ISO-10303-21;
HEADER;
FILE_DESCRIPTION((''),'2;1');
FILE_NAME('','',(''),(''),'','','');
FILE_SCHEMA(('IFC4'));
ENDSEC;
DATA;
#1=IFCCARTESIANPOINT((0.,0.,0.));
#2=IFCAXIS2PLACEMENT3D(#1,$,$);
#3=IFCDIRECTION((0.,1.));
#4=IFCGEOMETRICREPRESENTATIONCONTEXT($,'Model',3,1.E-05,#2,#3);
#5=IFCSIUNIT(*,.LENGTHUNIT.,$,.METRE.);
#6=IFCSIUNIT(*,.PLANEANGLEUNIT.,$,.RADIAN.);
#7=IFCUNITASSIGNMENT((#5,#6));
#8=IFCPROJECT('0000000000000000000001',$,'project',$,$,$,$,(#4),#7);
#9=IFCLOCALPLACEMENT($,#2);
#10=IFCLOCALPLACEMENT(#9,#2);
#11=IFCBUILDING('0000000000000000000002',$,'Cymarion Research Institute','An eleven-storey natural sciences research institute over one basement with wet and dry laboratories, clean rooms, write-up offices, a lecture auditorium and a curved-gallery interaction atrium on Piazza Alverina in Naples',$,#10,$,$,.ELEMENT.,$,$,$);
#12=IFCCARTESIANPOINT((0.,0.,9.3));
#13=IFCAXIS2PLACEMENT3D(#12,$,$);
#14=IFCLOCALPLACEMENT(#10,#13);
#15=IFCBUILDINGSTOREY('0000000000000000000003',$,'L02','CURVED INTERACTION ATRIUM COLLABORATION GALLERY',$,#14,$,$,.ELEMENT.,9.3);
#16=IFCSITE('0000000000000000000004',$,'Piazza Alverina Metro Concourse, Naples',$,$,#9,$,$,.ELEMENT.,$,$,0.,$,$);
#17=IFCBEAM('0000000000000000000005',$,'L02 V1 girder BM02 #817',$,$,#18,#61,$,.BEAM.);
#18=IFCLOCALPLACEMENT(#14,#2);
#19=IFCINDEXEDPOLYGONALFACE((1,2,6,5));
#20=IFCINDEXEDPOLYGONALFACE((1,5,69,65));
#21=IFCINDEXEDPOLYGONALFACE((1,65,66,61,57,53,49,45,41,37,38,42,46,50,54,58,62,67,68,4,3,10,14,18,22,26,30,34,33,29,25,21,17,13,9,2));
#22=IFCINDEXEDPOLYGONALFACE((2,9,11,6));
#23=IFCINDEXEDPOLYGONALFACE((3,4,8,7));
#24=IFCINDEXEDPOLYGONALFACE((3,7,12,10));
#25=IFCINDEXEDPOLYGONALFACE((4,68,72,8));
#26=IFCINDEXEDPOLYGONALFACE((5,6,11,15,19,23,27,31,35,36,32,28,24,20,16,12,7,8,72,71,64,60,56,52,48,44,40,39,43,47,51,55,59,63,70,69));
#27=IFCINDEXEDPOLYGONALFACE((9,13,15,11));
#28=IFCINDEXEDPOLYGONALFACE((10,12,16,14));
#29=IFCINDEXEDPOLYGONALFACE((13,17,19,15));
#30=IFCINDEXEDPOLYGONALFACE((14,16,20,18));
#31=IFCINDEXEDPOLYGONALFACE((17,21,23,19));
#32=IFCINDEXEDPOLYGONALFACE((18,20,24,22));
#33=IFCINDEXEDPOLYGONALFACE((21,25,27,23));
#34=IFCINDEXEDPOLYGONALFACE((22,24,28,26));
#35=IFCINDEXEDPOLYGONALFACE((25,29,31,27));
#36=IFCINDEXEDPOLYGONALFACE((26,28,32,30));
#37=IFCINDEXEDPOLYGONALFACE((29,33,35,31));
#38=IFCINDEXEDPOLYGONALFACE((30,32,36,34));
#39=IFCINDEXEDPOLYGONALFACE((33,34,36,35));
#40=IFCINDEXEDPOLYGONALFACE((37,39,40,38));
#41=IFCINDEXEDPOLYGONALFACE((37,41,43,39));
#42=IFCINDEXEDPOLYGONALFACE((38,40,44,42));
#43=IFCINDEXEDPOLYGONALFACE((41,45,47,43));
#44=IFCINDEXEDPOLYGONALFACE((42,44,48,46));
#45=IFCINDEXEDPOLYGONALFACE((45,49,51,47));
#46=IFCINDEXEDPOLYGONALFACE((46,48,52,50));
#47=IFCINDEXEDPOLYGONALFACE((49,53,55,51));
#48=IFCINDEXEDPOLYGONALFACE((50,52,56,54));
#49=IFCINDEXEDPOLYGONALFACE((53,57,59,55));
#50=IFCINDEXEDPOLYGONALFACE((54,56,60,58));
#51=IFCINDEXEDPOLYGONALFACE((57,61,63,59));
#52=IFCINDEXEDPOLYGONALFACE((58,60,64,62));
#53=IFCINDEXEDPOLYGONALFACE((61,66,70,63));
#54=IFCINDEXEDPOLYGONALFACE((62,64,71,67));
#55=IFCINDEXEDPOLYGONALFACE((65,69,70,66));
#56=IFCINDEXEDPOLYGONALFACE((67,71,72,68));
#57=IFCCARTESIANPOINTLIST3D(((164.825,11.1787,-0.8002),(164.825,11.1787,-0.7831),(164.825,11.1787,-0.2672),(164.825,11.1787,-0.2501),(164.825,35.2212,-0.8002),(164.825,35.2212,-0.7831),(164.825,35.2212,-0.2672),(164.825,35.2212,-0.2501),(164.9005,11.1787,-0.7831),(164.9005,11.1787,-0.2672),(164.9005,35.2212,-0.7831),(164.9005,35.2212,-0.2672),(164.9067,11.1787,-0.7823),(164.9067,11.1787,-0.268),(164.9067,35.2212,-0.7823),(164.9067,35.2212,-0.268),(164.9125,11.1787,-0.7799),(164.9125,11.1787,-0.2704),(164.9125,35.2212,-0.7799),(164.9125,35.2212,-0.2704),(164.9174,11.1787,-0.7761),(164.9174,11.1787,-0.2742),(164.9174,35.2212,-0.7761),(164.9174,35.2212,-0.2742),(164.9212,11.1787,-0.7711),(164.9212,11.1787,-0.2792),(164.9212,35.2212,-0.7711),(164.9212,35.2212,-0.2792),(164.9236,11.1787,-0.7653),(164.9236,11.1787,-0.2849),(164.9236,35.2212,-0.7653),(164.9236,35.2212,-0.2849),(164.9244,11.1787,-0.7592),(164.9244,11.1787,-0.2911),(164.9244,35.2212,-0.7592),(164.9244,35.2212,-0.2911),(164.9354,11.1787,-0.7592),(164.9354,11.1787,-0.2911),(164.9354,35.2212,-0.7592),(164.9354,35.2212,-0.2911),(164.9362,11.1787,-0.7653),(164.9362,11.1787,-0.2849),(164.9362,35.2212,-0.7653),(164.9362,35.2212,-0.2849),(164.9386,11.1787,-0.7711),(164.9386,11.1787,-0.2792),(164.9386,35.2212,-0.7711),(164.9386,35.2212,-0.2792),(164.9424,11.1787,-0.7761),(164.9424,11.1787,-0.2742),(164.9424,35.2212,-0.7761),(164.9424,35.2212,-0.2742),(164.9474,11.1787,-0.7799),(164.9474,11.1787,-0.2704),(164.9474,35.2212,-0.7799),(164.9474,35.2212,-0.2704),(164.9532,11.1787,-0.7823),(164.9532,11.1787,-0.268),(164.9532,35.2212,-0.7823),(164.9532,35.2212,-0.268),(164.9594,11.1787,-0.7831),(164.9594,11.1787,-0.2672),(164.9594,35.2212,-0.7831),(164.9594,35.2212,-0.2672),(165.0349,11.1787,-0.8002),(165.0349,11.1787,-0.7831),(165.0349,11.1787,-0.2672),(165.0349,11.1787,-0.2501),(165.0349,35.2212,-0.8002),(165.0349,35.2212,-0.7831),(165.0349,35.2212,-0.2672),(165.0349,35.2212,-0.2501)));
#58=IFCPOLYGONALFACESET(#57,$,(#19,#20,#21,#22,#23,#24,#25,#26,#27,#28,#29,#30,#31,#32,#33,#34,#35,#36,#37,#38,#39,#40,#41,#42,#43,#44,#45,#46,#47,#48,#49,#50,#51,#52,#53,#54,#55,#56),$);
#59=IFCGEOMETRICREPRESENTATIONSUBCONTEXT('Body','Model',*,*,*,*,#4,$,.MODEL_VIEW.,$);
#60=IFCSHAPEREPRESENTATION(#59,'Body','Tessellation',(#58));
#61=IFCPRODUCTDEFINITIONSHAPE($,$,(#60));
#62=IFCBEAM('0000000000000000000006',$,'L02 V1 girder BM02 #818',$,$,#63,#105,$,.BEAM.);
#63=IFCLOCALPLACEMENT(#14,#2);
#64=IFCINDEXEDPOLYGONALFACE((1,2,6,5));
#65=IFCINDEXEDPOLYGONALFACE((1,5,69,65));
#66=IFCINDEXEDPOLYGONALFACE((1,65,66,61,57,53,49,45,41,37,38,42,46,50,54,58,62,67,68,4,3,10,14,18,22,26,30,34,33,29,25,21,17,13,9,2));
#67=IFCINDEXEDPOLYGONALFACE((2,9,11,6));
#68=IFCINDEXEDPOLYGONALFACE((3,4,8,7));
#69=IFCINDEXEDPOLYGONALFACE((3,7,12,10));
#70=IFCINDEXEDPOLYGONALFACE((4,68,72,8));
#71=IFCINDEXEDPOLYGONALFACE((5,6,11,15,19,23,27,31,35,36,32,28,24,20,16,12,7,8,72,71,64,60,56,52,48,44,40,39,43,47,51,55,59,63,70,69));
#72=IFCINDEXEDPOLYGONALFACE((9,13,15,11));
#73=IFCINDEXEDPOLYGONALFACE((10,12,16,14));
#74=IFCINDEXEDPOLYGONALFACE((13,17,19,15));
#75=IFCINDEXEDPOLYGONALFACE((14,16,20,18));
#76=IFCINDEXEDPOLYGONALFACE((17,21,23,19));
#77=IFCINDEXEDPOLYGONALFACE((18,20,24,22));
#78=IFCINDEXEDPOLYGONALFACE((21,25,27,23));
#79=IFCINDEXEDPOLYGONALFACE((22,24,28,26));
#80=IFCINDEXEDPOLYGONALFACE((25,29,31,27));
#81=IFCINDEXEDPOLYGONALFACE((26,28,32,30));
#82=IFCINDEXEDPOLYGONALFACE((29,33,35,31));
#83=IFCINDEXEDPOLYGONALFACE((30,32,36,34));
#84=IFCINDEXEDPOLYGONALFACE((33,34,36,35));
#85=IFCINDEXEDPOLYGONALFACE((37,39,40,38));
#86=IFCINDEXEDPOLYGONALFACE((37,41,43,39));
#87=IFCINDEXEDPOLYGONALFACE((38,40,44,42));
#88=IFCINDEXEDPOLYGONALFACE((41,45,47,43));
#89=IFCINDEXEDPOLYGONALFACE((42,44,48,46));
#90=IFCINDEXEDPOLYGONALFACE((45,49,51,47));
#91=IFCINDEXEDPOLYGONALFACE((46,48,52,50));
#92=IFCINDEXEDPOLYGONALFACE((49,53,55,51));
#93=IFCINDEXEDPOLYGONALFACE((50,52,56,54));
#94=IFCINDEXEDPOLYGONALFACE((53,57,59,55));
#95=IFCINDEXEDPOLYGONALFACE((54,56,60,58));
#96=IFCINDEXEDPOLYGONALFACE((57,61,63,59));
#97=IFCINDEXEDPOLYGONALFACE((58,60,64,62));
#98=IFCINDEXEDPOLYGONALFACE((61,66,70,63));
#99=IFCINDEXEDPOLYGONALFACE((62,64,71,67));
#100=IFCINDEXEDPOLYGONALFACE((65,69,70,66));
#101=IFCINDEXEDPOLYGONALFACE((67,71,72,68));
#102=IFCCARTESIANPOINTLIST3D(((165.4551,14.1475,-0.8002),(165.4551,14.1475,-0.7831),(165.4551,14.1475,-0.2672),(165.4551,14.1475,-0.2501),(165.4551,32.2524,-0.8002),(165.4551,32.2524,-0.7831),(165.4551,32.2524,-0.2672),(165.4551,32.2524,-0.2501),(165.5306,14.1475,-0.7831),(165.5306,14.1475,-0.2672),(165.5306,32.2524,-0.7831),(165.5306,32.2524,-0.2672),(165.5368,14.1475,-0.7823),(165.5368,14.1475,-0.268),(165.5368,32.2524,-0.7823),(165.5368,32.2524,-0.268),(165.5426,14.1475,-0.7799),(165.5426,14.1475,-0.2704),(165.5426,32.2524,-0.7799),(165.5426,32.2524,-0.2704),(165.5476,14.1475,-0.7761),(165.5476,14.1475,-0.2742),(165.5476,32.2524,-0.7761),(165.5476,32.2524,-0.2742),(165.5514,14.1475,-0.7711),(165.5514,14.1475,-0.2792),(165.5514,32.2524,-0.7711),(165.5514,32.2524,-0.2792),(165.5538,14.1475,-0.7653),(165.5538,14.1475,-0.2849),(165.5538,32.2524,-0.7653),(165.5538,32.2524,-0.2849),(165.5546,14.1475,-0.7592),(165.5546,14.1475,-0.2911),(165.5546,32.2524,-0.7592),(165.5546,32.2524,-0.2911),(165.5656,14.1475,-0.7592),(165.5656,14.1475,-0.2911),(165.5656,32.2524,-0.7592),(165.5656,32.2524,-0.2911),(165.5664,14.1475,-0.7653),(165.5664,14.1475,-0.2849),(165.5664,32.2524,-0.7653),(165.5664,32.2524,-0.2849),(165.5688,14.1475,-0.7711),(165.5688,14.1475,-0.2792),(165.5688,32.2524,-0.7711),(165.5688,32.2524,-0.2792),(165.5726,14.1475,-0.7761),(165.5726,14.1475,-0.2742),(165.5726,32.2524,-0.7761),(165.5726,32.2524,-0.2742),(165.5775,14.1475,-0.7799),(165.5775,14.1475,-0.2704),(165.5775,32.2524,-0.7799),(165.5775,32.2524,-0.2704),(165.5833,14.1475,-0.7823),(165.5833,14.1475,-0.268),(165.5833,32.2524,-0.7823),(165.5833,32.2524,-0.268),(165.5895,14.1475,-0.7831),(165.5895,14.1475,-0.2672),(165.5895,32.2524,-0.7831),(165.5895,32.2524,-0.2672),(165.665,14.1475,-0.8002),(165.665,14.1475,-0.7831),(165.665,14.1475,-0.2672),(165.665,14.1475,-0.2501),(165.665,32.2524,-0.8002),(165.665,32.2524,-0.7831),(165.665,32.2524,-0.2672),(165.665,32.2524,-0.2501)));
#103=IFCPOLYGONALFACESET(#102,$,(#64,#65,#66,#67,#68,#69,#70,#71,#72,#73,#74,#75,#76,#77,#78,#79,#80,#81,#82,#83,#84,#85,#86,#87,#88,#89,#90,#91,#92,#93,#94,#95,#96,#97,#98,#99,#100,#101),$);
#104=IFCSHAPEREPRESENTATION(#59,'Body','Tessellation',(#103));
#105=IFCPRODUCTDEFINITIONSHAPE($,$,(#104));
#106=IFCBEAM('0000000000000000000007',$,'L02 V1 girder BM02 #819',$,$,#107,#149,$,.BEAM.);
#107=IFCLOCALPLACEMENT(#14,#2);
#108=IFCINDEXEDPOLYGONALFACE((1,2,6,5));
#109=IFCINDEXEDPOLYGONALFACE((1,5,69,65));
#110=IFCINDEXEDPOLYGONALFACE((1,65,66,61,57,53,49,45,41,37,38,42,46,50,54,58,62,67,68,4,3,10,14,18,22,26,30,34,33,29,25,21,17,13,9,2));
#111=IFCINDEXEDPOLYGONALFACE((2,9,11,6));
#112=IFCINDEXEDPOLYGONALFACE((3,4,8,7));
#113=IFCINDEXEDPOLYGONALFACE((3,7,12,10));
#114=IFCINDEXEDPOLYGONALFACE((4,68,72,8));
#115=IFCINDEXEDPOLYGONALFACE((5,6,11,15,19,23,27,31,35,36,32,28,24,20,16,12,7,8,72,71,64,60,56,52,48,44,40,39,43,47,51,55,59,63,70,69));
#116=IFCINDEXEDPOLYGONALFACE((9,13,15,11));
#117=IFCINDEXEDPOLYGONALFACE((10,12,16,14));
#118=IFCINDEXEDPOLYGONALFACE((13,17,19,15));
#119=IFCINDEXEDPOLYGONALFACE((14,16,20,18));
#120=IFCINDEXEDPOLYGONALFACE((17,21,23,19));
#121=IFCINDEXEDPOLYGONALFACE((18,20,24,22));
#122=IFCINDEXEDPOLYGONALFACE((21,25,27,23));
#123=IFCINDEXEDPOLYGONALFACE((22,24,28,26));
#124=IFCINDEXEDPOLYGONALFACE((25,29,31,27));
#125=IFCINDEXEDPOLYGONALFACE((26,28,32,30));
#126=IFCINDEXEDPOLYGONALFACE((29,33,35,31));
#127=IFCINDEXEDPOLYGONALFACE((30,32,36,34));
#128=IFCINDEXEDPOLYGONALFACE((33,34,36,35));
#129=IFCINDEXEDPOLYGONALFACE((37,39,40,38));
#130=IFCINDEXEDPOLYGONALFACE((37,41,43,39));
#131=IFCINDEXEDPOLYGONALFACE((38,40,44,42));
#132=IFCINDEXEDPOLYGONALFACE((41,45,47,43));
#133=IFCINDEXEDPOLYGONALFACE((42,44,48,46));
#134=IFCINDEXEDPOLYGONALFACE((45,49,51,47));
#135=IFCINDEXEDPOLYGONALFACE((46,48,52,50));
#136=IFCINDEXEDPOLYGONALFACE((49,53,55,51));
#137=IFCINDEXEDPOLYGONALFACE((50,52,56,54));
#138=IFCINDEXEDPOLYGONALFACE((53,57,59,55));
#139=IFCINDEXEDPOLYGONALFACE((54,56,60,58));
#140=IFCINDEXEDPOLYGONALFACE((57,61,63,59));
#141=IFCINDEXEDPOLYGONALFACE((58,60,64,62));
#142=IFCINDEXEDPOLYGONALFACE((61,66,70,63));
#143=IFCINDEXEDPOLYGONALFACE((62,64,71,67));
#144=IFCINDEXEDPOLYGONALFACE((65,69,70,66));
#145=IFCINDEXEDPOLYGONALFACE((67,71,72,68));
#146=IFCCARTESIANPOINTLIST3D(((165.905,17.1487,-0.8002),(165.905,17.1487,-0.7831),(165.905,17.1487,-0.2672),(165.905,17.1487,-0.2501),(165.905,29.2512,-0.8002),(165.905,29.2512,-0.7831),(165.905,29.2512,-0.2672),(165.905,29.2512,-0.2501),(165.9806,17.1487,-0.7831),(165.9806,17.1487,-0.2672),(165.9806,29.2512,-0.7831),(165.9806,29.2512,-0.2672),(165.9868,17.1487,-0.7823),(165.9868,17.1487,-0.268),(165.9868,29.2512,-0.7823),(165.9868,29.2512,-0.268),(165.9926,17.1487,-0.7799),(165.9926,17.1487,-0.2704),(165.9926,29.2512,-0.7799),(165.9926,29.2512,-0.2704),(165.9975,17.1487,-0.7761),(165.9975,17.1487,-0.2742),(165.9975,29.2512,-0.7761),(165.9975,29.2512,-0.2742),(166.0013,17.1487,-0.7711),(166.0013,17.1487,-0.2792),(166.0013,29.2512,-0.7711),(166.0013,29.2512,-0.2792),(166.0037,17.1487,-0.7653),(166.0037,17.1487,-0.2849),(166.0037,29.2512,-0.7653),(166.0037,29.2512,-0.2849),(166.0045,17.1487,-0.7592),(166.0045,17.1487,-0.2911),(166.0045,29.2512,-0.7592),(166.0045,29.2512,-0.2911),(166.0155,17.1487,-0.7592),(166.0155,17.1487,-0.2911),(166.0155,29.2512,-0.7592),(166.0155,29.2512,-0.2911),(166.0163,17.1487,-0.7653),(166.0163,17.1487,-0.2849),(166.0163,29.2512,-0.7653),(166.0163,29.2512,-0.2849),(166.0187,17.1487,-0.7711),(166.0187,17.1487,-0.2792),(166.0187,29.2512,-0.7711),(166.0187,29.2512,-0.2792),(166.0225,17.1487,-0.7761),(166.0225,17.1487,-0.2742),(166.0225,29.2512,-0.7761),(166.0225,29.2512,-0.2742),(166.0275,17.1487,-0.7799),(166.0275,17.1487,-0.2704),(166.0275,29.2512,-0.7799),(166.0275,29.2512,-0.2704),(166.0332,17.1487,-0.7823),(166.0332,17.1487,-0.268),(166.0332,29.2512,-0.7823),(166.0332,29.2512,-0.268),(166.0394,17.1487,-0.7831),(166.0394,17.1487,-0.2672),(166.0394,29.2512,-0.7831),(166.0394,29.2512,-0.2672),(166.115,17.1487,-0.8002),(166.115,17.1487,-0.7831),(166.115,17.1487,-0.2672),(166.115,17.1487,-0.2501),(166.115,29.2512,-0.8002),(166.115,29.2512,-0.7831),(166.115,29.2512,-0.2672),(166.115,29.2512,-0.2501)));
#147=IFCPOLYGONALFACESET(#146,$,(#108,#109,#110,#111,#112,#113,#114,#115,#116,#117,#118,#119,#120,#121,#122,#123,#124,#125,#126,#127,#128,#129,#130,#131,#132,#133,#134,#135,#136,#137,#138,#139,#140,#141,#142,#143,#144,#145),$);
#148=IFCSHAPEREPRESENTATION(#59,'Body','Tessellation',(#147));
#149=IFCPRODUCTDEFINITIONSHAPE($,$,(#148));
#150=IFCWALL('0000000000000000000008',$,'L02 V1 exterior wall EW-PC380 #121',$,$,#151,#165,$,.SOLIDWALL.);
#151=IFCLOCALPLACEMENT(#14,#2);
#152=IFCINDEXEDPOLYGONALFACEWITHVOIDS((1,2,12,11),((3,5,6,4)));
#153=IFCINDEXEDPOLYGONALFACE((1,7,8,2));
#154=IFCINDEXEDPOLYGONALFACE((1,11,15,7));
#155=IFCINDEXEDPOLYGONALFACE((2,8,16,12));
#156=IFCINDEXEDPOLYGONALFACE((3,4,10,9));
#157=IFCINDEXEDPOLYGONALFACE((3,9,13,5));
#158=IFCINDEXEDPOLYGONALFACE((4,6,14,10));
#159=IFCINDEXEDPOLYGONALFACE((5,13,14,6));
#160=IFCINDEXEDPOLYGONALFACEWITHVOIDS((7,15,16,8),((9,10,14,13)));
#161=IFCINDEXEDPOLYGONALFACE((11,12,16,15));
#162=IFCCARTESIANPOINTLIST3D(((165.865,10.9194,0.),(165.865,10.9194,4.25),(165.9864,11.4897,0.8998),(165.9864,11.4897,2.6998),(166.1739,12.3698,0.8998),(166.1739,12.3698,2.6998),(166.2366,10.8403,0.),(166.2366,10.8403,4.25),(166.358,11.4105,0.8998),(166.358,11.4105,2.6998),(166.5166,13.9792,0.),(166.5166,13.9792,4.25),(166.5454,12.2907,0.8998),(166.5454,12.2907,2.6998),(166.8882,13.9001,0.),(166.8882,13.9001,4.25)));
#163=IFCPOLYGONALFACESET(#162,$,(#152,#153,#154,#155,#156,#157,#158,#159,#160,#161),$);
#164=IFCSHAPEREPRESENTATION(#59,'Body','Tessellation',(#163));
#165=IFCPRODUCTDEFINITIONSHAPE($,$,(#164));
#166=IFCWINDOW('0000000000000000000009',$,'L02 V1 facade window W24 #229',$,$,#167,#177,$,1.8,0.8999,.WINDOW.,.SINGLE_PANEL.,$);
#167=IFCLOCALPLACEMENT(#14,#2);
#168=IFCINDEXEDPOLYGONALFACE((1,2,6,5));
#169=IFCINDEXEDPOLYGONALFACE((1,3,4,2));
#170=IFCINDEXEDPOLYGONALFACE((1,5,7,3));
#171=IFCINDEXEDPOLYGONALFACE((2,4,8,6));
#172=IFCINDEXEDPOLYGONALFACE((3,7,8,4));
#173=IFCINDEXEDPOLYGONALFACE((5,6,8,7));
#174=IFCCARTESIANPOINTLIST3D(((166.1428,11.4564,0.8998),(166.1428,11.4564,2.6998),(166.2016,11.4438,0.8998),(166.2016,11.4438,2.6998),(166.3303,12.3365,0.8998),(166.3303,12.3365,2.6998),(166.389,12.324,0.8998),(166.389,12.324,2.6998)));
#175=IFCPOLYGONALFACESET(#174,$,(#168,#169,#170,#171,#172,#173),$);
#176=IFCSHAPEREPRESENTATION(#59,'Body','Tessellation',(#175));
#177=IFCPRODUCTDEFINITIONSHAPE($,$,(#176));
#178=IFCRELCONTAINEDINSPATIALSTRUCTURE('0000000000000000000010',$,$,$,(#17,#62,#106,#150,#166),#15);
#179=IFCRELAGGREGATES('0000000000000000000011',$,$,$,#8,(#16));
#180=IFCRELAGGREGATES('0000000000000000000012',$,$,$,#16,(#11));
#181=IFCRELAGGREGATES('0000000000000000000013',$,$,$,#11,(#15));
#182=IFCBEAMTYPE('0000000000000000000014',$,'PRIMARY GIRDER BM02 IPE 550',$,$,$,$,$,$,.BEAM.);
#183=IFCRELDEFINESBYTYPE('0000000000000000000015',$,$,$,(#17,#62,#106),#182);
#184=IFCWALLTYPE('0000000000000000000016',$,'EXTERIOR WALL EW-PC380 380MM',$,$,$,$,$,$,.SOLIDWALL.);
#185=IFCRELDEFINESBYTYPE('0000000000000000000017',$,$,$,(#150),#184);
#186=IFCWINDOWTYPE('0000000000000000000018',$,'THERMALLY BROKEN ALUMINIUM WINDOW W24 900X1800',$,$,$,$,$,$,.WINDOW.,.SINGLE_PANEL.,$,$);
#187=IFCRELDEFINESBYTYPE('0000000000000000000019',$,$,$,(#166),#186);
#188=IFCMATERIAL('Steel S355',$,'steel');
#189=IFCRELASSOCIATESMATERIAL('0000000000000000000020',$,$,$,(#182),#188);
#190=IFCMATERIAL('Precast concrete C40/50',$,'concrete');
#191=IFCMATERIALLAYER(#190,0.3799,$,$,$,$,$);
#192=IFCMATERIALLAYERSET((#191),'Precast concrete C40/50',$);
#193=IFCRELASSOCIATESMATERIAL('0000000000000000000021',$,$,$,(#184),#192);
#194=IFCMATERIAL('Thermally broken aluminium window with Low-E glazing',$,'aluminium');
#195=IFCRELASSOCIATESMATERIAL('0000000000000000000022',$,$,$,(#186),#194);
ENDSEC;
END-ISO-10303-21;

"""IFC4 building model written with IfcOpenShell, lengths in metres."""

from ifc_helpers import new_model, si_unit, direction, frame, frame_2d, origin, origin_2d, place, context, subcontext, project, spatial, rectangle, i_section, extrude, material, layer, layer_set, material_profile, profile_set, type_object, element, fill, save


model = new_model("IFC4")

# Units and contexts
model_context = context("Model", 3, precision=1e-05, world=origin(), true_north=direction((0.0, 1.0)))
body_context = subcontext(model_context, "Body", "Model", "MODEL_VIEW")
ifc_project = project(units=[si_unit("LENGTHUNIT", "METRE"), si_unit("PLANEANGLEUNIT", "RADIAN")], contexts=[model_context])

# Site, building, storey
site_placement = place(None, origin())
site = spatial("IfcSite", under=ifc_project, at=site_placement, Name="Piazza Alverina Metro Concourse, Naples", CompositionType="ELEMENT", RefElevation=0.0)
building_placement = place(site_placement, origin())
building = spatial("IfcBuilding", under=site, at=building_placement, Name="Cymarion Research Institute", Description="An eleven-storey natural sciences research institute over one basement with wet and dry laboratories, clean rooms, write-up offices, a lecture auditorium and a curved-gallery interaction atrium on Piazza Alverina in Naples", CompositionType="ELEMENT")
storey_placement = place(building_placement, frame((0.0, 0.0, 9.3)))
storey = spatial("IfcBuildingStorey", under=building, at=storey_placement, Name="L02", Description="CURVED INTERACTION ATRIUM COLLABORATION GALLERY", CompositionType="ELEMENT", Elevation=9.3)

# Shared definitions
ifc_material_1 = material(Name="Steel S355", Category="steel")

# Beams
ifc_material_profile_1 = material_profile(ifc_material_1, i_section(OverallWidth=0.21, OverallDepth=0.55, WebThickness=0.011, FlangeThickness=0.0171, FilletRadius=0.0239, at=origin_2d()), Name="IPE 550")
ifc_profile_set_1 = profile_set([ifc_material_profile_1], Name="Steel S355")
beam_type = type_object("IfcBeamType", Name="PRIMARY GIRDER BM02 IPE 550", PredefinedType="BEAM", material=ifc_profile_set_1)
beam_1_placement = place(storey_placement, frame((164.9299, 11.1787, -0.5251), z_axis=(0.0, 1.0, 0.0), x_axis=(-1.0, 0.0, 0.0)))
element("IfcBeam", 1, at=beam_1_placement, inside=storey, type_object=beam_type, Name="L02 V1 girder BM02 #817", PredefinedType="BEAM", context=body_context, shape_type="SweptSolid", body=[
    extrude(i_section(OverallWidth=0.21, OverallDepth=0.55, WebThickness=0.011, FlangeThickness=0.0171, FilletRadius=0.0239, at=origin_2d()), origin(), (0.0, 0.0, 1.0), 24.0425),
])
beam_2_placement = place(storey_placement, frame((165.5601, 14.1475, -0.5251), z_axis=(0.0, 1.0, 0.0), x_axis=(-1.0, 0.0, 0.0)))
element("IfcBeam", 2, at=beam_2_placement, inside=storey, type_object=beam_type, Name="L02 V1 girder BM02 #818", PredefinedType="BEAM", context=body_context, shape_type="SweptSolid", body=[
    extrude(i_section(OverallWidth=0.21, OverallDepth=0.55, WebThickness=0.011, FlangeThickness=0.0171, FilletRadius=0.0239, at=origin_2d()), origin(), (0.0, 0.0, 1.0), 18.105),
])
beam_3_placement = place(storey_placement, frame((166.01, 17.1487, -0.5251), z_axis=(0.0, 1.0, 0.0), x_axis=(-1.0, 0.0, 0.0)))
element("IfcBeam", 3, at=beam_3_placement, inside=storey, type_object=beam_type, Name="L02 V1 girder BM02 #819", PredefinedType="BEAM", context=body_context, shape_type="SweptSolid", body=[
    extrude(i_section(OverallWidth=0.21, OverallDepth=0.55, WebThickness=0.011, FlangeThickness=0.0171, FilletRadius=0.0239, at=origin_2d()), origin(), (0.0, 0.0, 1.0), 12.1025),
])

# Wall, opening, window
ifc_material_2 = material(Name="Precast concrete C40/50", Category="concrete")
ifc_layer_1 = layer(ifc_material_2, 0.3799)
ifc_layer_set_1 = layer_set([ifc_layer_1], Name="Precast concrete C40/50")
wall_type = type_object("IfcWallType", Name="EXTERIOR WALL EW-PC380 380MM", PredefinedType="SOLIDWALL", material=ifc_layer_set_1)
wall_1_placement = place(storey_placement, frame((166.0508, 10.8799, 0.0), z_axis=(0.0, 0.0, 1.0), x_axis=(0.208287, 0.978068, 0.0)))
wall_1 = element("IfcWall", 4, at=wall_1_placement, inside=storey, type_object=wall_type, Name="L02 V1 exterior wall EW-PC380 #121", PredefinedType="SOLIDWALL", context=body_context, shape_type="SweptSolid", body=[
    extrude(rectangle(XDim=3.1284, YDim=0.3799, at=frame_2d((1.5642, 0.0))), origin(), (0.0, 0.0, 1.0), 4.25),
])
opening_1_placement = place(wall_1_placement, frame((0.583, 0.0, 0.8999)))
opening_1 = element("IfcOpeningElement", 5, at=opening_1_placement, cuts=wall_1, PredefinedType="OPENING", context=body_context, shape_type="SweptSolid", body=[
    extrude(rectangle(XDim=0.8999, YDim=1.8, at=frame_2d((0.45, 0.8999))), frame((0.0, 0.2, 0.0), z_axis=(0.0, -1.0, 0.0), x_axis=(1.0, 0.0, 0.0)), (0.0, 0.0, 1.0), 0.3999),
])
ifc_material_3 = material(Name="Thermally broken aluminium window with Low-E glazing", Category="aluminium")
window_type = type_object("IfcWindowType", Name="THERMALLY BROKEN ALUMINIUM WINDOW W24 900X1800", PartitioningType="SINGLE_PANEL", PredefinedType="WINDOW", material=ifc_material_3)
window_1_placement = place(opening_1_placement, origin())
window_1 = element("IfcWindow", 6, at=window_1_placement, inside=storey, type_object=window_type, Name="L02 V1 facade window W24 #229", OverallHeight=1.8, OverallWidth=0.8999, PartitioningType="SINGLE_PANEL", PredefinedType="WINDOW", context=body_context, shape_type="SweptSolid", body=[
    extrude(rectangle(XDim=0.8999, YDim=1.8, at=frame_2d((0.45, 0.8999))), frame((0.0, 0.03, 0.0), z_axis=(0.0, -1.0, 0.0), x_axis=(1.0, 0.0, 0.0)), (0.0, 0.0, 1.0), 0.0601),
])
fill(opening_1, window_1)

save(model, "model.ifc")
